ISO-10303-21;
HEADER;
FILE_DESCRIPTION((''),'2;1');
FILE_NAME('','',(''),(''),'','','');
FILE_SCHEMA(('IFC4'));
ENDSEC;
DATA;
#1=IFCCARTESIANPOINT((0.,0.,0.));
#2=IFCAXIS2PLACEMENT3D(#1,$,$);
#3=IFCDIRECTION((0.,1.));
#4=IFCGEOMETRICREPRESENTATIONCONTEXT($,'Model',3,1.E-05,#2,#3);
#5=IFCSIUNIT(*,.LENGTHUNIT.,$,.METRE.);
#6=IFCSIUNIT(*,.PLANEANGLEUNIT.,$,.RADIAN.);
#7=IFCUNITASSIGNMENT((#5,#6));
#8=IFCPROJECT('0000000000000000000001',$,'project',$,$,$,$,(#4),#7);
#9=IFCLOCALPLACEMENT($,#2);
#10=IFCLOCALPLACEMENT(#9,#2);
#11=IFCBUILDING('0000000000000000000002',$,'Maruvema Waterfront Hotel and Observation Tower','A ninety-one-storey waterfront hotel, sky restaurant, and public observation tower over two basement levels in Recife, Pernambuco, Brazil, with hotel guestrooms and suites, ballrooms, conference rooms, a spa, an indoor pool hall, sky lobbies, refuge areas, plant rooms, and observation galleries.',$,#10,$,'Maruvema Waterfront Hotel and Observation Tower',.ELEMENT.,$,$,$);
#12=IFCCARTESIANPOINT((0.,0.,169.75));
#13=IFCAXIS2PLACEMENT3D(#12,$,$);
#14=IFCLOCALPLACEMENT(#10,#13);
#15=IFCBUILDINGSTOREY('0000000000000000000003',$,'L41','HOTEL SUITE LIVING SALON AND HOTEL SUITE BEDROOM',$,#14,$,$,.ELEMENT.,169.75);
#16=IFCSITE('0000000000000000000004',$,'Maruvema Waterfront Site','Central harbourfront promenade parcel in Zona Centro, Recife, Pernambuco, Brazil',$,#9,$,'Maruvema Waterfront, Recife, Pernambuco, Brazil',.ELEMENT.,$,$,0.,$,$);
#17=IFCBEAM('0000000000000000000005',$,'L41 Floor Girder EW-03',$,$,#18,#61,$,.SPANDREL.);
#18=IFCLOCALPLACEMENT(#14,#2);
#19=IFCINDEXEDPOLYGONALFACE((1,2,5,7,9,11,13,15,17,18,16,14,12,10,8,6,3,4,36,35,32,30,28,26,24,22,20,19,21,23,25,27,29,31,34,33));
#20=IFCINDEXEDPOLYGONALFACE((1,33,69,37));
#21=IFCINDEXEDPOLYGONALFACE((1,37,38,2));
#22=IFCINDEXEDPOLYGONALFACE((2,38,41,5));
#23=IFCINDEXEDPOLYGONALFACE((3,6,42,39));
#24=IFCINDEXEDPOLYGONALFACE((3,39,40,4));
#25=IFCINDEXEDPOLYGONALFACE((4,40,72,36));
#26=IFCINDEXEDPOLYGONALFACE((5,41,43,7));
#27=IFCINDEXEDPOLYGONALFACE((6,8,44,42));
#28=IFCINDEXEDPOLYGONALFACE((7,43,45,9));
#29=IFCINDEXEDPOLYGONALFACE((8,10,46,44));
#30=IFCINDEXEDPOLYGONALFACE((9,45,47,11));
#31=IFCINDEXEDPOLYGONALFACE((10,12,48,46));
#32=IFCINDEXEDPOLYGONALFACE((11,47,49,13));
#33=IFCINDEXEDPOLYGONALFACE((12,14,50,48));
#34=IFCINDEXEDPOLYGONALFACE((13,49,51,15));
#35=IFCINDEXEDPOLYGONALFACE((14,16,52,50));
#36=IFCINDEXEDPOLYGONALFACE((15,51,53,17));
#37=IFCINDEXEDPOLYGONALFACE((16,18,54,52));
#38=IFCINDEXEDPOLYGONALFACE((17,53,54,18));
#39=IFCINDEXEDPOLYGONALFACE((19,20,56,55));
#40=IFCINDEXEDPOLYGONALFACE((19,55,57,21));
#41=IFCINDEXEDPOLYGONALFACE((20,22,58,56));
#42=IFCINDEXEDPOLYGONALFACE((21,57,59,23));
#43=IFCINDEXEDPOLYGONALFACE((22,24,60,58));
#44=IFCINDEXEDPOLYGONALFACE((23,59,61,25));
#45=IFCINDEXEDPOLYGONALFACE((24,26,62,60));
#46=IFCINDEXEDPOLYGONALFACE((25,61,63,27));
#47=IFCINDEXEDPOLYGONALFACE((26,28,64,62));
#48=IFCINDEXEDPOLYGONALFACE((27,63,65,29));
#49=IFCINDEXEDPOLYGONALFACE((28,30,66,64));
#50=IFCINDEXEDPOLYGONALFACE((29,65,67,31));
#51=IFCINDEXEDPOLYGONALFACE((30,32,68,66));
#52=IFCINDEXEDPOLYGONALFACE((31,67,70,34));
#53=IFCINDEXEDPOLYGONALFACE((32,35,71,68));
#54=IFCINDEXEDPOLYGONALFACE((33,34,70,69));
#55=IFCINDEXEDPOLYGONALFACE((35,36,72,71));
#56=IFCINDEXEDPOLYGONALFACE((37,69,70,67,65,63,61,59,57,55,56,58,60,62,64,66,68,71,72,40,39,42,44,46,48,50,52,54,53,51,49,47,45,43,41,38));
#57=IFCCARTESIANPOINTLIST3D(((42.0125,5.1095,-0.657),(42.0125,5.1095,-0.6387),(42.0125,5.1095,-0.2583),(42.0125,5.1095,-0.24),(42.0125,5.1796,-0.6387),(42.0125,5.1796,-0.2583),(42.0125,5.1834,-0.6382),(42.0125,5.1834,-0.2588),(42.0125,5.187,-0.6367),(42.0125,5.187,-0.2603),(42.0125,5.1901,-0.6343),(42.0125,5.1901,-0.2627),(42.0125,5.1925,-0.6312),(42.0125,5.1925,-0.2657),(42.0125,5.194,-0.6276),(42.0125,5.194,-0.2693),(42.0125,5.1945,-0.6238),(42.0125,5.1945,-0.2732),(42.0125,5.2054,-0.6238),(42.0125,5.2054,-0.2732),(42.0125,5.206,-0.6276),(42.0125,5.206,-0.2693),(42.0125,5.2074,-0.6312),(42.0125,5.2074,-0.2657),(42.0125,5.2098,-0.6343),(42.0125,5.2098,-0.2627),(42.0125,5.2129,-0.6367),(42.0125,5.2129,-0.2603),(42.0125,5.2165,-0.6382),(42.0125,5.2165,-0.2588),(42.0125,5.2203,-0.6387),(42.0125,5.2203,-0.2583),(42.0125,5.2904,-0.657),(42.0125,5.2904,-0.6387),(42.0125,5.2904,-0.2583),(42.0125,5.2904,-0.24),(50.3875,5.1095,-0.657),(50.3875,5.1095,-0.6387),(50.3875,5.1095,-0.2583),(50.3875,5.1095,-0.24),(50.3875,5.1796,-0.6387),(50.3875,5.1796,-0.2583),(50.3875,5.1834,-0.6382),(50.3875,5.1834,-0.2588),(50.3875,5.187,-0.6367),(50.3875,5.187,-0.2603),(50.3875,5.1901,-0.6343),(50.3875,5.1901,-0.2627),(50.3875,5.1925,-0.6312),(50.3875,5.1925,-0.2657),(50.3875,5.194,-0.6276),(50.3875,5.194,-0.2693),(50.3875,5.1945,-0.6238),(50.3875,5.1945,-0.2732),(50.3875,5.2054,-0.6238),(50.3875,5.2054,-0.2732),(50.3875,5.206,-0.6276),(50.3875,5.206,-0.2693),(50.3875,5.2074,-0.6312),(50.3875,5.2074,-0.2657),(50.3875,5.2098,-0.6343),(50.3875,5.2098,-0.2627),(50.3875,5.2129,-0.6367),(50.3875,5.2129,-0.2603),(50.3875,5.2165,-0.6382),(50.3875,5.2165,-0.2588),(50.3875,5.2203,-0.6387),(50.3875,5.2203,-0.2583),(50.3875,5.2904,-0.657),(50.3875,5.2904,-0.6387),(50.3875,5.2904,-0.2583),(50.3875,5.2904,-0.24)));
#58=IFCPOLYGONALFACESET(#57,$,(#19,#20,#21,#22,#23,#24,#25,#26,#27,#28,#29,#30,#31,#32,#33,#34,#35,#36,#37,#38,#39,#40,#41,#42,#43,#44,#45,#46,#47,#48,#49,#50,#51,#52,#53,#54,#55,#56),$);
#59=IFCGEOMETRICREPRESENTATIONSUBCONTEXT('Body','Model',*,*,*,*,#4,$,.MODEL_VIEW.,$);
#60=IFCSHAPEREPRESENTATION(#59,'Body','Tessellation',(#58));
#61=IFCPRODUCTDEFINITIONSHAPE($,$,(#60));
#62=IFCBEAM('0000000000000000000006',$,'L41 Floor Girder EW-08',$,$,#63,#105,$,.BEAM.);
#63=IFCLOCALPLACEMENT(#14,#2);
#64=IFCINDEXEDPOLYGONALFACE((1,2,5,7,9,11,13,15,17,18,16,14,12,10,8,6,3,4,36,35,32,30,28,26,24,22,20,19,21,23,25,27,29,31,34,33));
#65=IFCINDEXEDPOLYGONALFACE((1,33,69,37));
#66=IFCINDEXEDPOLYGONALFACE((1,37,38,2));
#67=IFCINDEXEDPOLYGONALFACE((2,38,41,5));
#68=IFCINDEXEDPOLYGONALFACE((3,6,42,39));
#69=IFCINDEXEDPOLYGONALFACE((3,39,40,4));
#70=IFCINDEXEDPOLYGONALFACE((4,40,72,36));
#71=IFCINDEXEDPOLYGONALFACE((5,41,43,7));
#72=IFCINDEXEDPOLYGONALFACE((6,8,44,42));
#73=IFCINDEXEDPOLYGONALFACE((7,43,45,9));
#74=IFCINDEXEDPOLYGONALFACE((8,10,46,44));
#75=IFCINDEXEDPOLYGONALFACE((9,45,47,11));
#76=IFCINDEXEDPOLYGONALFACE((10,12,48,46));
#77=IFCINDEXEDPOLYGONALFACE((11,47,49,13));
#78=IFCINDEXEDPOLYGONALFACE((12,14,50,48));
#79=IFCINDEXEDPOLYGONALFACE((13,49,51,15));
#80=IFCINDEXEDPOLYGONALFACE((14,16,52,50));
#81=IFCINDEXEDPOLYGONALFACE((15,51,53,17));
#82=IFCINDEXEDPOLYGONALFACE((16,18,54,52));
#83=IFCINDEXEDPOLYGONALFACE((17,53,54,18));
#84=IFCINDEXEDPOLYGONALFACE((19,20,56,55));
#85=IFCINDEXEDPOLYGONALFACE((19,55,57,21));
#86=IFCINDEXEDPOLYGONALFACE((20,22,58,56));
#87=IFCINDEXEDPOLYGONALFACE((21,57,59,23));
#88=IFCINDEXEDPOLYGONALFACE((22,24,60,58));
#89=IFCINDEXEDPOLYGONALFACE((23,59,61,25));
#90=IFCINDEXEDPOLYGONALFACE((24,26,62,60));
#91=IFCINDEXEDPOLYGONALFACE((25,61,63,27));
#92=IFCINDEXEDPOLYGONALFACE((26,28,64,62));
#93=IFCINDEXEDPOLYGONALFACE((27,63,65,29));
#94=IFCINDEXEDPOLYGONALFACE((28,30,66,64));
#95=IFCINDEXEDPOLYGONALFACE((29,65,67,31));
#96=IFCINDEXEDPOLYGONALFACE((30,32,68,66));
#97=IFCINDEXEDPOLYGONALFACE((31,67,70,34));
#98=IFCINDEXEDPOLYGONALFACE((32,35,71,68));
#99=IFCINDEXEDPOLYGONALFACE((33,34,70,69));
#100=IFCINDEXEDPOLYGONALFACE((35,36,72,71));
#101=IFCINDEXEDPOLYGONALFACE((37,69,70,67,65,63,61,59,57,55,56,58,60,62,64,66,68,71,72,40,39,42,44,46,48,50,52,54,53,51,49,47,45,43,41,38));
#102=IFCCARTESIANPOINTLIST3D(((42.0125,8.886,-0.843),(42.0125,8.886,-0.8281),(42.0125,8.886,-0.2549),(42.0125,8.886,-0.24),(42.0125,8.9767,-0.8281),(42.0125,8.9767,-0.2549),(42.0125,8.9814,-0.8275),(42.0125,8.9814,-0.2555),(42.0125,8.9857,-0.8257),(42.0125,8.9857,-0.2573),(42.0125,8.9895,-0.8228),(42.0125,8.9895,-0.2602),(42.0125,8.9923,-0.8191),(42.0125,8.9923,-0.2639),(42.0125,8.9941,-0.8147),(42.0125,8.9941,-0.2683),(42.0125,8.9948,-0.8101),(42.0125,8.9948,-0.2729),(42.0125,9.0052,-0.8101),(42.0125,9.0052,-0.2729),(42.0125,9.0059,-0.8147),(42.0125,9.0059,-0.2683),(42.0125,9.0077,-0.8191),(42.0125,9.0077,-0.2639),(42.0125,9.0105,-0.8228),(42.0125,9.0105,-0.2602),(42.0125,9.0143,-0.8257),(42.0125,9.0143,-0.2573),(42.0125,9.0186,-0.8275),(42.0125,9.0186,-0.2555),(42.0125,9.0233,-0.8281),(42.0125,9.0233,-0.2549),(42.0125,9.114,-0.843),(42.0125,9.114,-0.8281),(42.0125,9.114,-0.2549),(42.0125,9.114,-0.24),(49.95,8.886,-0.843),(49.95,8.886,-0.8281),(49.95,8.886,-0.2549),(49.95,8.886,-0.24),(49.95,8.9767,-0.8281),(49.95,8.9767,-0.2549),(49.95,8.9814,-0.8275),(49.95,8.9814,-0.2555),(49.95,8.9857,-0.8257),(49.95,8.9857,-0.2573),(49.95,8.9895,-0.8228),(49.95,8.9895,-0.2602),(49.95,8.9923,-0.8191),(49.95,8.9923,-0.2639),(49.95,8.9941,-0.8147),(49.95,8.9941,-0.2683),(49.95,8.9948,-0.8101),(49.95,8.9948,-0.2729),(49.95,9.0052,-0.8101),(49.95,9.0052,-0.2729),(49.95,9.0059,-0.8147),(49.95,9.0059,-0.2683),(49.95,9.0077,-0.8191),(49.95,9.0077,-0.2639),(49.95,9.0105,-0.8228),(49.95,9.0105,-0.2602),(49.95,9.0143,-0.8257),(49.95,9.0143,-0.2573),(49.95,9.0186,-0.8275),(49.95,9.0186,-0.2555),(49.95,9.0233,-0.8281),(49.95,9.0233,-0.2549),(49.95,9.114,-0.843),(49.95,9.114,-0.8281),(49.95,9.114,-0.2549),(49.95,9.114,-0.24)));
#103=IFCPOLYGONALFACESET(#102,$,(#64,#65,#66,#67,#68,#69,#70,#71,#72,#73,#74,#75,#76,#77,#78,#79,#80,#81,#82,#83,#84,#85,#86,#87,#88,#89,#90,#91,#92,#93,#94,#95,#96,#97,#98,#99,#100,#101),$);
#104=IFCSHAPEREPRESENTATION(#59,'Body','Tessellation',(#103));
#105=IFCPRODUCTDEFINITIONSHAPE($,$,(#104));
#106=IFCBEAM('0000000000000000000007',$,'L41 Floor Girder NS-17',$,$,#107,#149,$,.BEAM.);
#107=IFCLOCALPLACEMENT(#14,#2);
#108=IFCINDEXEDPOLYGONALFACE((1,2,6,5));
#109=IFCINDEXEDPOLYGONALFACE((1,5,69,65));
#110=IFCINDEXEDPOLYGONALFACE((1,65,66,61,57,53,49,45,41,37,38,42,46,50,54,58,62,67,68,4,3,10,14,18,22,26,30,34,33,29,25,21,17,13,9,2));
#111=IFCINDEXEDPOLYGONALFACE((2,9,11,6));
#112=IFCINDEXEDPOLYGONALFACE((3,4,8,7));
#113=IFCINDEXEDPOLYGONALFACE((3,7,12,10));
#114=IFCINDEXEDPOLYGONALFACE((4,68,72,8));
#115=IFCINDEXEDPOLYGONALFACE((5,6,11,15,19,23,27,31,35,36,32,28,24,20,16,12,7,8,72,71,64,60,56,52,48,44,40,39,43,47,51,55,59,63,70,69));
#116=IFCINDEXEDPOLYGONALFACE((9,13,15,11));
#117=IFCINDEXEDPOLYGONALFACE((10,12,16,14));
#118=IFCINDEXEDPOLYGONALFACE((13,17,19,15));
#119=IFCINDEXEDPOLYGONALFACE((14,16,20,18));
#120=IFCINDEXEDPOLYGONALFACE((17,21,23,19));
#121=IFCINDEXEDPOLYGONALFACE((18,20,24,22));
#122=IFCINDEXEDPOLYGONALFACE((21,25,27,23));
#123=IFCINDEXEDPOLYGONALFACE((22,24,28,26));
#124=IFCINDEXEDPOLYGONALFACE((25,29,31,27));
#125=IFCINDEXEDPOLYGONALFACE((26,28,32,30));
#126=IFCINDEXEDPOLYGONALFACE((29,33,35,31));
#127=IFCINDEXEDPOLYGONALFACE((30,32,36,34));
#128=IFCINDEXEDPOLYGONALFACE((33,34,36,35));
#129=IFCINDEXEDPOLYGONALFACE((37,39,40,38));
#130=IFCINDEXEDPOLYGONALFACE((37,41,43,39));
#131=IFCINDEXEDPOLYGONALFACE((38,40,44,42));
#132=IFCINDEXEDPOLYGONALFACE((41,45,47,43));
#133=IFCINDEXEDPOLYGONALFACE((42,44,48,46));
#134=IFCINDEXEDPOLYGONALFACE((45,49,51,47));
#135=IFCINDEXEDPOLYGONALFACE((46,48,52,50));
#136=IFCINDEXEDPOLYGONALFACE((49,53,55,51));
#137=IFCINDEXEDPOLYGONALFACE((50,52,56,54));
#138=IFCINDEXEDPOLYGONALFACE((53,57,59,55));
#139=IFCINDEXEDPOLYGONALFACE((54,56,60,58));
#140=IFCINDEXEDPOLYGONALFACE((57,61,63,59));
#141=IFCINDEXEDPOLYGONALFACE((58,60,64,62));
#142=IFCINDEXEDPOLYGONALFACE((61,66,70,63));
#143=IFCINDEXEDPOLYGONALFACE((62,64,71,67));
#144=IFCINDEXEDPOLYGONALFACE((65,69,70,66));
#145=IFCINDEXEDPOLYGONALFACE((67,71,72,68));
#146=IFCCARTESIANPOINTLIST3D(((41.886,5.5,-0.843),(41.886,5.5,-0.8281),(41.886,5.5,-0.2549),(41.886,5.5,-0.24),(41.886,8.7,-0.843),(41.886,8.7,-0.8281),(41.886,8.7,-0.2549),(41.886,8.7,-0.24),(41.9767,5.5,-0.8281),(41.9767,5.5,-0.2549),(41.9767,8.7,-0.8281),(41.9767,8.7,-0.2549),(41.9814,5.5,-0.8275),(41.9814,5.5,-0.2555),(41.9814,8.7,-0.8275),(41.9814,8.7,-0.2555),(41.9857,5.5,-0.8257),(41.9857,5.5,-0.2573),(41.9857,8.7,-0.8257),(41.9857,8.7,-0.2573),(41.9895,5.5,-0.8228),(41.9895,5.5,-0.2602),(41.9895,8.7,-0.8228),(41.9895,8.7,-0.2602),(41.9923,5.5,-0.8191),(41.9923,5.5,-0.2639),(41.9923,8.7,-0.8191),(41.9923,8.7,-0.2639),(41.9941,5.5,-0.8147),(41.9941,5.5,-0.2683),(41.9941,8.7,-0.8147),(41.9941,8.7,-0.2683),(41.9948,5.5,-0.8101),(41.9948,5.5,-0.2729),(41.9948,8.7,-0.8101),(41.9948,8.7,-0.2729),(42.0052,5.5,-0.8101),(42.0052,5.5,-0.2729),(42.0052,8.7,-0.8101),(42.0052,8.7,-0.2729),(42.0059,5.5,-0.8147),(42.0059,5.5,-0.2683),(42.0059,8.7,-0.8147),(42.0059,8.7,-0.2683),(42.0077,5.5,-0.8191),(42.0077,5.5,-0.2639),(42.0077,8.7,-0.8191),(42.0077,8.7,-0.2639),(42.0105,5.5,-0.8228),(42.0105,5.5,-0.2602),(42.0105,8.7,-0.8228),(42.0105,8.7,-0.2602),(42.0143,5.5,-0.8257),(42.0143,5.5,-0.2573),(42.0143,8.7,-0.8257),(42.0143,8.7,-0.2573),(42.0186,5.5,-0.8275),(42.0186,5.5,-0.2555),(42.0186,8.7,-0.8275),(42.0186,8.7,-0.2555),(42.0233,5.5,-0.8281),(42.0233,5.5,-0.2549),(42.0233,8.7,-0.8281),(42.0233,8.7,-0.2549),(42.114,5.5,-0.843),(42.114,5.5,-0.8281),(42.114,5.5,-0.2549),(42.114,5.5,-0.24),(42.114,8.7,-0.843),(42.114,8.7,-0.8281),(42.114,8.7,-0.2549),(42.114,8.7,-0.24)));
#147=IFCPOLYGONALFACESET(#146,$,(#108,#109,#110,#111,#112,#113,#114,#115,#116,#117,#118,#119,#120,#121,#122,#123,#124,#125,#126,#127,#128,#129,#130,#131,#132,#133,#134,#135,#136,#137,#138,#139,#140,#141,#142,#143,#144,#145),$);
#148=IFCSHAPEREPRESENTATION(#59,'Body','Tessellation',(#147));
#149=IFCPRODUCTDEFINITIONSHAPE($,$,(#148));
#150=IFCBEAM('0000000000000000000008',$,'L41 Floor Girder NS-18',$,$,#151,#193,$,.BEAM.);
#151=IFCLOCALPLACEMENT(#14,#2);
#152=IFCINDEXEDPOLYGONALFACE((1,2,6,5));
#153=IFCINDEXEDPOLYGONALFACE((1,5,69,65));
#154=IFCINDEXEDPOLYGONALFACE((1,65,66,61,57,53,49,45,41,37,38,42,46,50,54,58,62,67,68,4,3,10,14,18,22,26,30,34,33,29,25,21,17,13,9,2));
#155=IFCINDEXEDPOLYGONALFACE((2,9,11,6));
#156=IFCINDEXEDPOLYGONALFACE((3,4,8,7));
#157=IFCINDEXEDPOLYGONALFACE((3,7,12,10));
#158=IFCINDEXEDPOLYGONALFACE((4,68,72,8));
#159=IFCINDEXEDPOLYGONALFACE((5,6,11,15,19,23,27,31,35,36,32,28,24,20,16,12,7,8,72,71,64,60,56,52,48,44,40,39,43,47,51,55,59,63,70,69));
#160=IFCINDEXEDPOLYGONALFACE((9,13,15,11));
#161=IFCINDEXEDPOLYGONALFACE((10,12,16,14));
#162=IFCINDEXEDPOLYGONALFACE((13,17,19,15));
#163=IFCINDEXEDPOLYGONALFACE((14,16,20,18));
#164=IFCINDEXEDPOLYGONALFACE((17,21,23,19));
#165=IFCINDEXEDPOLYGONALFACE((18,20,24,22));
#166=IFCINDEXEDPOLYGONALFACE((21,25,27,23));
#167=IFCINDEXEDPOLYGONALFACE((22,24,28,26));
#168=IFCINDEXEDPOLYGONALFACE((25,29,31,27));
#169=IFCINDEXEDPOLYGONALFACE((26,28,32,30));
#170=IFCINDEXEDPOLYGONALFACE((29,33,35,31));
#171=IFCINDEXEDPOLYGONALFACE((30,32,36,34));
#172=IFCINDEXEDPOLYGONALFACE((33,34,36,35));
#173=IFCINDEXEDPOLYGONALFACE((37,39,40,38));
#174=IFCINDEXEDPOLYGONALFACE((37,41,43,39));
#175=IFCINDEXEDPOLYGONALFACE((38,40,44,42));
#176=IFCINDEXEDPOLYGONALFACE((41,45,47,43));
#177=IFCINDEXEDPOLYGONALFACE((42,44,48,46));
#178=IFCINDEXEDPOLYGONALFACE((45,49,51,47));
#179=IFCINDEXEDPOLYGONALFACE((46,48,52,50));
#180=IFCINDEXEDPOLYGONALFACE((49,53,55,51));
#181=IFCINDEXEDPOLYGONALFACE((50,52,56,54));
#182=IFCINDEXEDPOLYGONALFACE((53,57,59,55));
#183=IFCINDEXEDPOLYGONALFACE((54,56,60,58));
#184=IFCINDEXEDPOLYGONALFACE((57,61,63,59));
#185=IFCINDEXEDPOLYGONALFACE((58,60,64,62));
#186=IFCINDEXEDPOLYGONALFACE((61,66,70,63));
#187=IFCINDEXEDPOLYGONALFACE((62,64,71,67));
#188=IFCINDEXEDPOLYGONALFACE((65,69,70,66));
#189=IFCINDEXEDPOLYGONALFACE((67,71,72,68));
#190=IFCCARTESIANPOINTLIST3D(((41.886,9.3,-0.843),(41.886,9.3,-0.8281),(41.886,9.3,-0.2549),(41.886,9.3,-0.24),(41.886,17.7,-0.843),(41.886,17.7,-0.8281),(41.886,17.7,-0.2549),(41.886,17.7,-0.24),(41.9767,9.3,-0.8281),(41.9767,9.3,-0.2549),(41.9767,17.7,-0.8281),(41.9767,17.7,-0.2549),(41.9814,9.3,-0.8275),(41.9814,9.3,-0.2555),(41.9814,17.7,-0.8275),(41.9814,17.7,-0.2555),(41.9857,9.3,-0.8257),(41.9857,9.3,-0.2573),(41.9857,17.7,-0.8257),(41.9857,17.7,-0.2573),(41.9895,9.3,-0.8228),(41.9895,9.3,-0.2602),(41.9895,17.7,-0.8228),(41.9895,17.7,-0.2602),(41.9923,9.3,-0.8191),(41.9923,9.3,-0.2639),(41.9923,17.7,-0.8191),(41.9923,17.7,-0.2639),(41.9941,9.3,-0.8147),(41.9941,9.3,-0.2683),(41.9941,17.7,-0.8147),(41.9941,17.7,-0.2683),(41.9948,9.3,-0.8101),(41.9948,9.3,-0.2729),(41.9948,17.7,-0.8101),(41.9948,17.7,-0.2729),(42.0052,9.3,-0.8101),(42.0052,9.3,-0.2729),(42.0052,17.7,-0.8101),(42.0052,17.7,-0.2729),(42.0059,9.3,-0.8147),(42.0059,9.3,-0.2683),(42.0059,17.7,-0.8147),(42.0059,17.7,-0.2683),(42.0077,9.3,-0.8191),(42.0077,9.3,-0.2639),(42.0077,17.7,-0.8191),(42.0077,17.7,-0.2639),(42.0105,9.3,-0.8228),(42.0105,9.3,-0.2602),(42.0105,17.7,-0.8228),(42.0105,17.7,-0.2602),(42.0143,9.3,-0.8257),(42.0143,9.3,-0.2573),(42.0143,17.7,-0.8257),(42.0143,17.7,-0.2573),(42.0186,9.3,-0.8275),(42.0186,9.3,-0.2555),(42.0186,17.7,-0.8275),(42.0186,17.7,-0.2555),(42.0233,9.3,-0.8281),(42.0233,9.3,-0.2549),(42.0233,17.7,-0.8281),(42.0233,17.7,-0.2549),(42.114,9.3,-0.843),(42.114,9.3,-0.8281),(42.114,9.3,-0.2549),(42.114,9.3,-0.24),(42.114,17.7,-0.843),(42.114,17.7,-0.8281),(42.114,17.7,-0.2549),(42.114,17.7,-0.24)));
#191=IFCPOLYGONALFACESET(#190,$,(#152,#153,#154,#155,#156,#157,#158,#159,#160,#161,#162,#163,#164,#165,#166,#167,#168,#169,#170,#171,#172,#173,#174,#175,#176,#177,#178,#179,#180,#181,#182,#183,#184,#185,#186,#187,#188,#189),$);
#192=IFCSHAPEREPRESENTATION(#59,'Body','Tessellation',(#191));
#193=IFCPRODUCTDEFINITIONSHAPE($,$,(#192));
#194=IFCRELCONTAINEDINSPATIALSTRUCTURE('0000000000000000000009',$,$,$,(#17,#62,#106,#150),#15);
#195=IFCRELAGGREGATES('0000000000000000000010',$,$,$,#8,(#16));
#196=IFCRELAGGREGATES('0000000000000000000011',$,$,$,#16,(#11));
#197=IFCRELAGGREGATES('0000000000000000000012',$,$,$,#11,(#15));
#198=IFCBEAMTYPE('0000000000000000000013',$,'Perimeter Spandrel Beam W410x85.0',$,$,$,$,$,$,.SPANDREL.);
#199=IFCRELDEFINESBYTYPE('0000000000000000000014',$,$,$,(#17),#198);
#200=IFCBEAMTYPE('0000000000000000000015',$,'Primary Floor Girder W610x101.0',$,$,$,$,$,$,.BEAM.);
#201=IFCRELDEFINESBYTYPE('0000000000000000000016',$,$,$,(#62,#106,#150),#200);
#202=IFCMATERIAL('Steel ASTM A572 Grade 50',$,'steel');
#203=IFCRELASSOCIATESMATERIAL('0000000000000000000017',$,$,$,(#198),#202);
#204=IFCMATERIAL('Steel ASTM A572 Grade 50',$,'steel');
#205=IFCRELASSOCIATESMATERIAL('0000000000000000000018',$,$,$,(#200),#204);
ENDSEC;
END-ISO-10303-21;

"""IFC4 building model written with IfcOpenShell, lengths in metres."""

from ifc_helpers import new_model, si_unit, direction, frame, origin, origin_2d, place, context, subcontext, project, spatial, i_section, extrude, material, material_profile, profile_set, type_object, element, save


model = new_model("IFC4")

# Units and contexts
model_context = context("Model", 3, precision=1e-05, world=origin(), true_north=direction((0.0, 1.0)))
body_context = subcontext(model_context, "Body", "Model", "MODEL_VIEW")
ifc_project = project(units=[si_unit("LENGTHUNIT", "METRE"), si_unit("PLANEANGLEUNIT", "RADIAN")], contexts=[model_context])

# Site, building, storey
site_placement = place(None, origin())
site = spatial("IfcSite", under=ifc_project, at=site_placement, Name="Maruvema Waterfront Site", Description="Central harbourfront promenade parcel in Zona Centro, Recife, Pernambuco, Brazil", LongName="Maruvema Waterfront, Recife, Pernambuco, Brazil", CompositionType="ELEMENT", RefElevation=0.0)
building_placement = place(site_placement, origin())
building = spatial("IfcBuilding", under=site, at=building_placement, Name="Maruvema Waterfront Hotel and Observation Tower", Description="A ninety-one-storey waterfront hotel, sky restaurant, and public observation tower over two basement levels in Recife, Pernambuco, Brazil, with hotel guestrooms and suites, ballrooms, conference rooms, a spa, an indoor pool hall, sky lobbies, refuge areas, plant rooms, and observation galleries.", LongName="Maruvema Waterfront Hotel and Observation Tower", CompositionType="ELEMENT")
storey_placement = place(building_placement, frame((0.0, 0.0, 169.75)))
storey = spatial("IfcBuildingStorey", under=building, at=storey_placement, Name="L41", Description="HOTEL SUITE LIVING SALON AND HOTEL SUITE BEDROOM", CompositionType="ELEMENT", Elevation=169.75)

# Beams
ifc_material_1 = material(Name="Steel ASTM A572 Grade 50", Category="steel")
ifc_material_profile_1 = material_profile(ifc_material_1, i_section(OverallWidth=0.1809, OverallDepth=0.417, WebThickness=0.011, FlangeThickness=0.0183, FilletRadius=0.0149, at=origin_2d()), Name="W410x85.0")
ifc_profile_set_1 = profile_set([ifc_material_profile_1], Name="Steel ASTM A572 Grade 50")
beam_type_1 = type_object("IfcBeamType", Name="Perimeter Spandrel Beam W410x85.0", PredefinedType="SPANDREL", material=ifc_profile_set_1)
beam_1_placement = place(storey_placement, frame((42.0125, 5.2, -0.4485), z_axis=(1.0, 0.0, 0.0), x_axis=(0.0, 1.0, 0.0)))
element("IfcBeam", 1, at=beam_1_placement, inside=storey, type_object=beam_type_1, Name="L41 Floor Girder EW-03", PredefinedType="SPANDREL", context=body_context, shape_type="SweptSolid", body=[
    extrude(i_section(OverallWidth=0.1809, OverallDepth=0.417, WebThickness=0.011, FlangeThickness=0.0183, FilletRadius=0.0149, at=origin_2d()), origin(), (0.0, 0.0, 1.0), 8.375),
])
ifc_material_2 = material(Name="Steel ASTM A572 Grade 50", Category="steel")
ifc_material_profile_2 = material_profile(ifc_material_2, i_section(OverallWidth=0.228, OverallDepth=0.603, WebThickness=0.0105, FlangeThickness=0.0149, FilletRadius=0.0181, at=origin_2d()), Name="W610x101.0")
ifc_profile_set_2 = profile_set([ifc_material_profile_2], Name="Steel ASTM A572 Grade 50")
beam_type_2 = type_object("IfcBeamType", Name="Primary Floor Girder W610x101.0", PredefinedType="BEAM", material=ifc_profile_set_2)
beam_2_placement = place(storey_placement, frame((42.0125, 9.0, -0.5415), z_axis=(1.0, 0.0, 0.0), x_axis=(0.0, 1.0, 0.0)))
element("IfcBeam", 2, at=beam_2_placement, inside=storey, type_object=beam_type_2, Name="L41 Floor Girder EW-08", PredefinedType="BEAM", context=body_context, shape_type="SweptSolid", body=[
    extrude(i_section(OverallWidth=0.228, OverallDepth=0.603, WebThickness=0.0105, FlangeThickness=0.0149, FilletRadius=0.0181, at=origin_2d()), origin(), (0.0, 0.0, 1.0), 7.9375),
])
beam_3_placement = place(storey_placement, frame((42.0, 5.5, -0.5415), z_axis=(0.0, 1.0, 0.0), x_axis=(-1.0, 0.0, 0.0)))
element("IfcBeam", 3, at=beam_3_placement, inside=storey, type_object=beam_type_2, Name="L41 Floor Girder NS-17", PredefinedType="BEAM", context=body_context, shape_type="SweptSolid", body=[
    extrude(i_section(OverallWidth=0.228, OverallDepth=0.603, WebThickness=0.0105, FlangeThickness=0.0149, FilletRadius=0.0181, at=origin_2d()), origin(), (0.0, 0.0, 1.0), 3.2),
])
beam_4_placement = place(storey_placement, frame((42.0, 9.3, -0.5415), z_axis=(0.0, 1.0, 0.0), x_axis=(-1.0, 0.0, 0.0)))
element("IfcBeam", 4, at=beam_4_placement, inside=storey, type_object=beam_type_2, Name="L41 Floor Girder NS-18", PredefinedType="BEAM", context=body_context, shape_type="SweptSolid", body=[
    extrude(i_section(OverallWidth=0.228, OverallDepth=0.603, WebThickness=0.0105, FlangeThickness=0.0149, FilletRadius=0.0181, at=origin_2d()), origin(), (0.0, 0.0, 1.0), 8.3999),
])

save(model, "model.ifc")
